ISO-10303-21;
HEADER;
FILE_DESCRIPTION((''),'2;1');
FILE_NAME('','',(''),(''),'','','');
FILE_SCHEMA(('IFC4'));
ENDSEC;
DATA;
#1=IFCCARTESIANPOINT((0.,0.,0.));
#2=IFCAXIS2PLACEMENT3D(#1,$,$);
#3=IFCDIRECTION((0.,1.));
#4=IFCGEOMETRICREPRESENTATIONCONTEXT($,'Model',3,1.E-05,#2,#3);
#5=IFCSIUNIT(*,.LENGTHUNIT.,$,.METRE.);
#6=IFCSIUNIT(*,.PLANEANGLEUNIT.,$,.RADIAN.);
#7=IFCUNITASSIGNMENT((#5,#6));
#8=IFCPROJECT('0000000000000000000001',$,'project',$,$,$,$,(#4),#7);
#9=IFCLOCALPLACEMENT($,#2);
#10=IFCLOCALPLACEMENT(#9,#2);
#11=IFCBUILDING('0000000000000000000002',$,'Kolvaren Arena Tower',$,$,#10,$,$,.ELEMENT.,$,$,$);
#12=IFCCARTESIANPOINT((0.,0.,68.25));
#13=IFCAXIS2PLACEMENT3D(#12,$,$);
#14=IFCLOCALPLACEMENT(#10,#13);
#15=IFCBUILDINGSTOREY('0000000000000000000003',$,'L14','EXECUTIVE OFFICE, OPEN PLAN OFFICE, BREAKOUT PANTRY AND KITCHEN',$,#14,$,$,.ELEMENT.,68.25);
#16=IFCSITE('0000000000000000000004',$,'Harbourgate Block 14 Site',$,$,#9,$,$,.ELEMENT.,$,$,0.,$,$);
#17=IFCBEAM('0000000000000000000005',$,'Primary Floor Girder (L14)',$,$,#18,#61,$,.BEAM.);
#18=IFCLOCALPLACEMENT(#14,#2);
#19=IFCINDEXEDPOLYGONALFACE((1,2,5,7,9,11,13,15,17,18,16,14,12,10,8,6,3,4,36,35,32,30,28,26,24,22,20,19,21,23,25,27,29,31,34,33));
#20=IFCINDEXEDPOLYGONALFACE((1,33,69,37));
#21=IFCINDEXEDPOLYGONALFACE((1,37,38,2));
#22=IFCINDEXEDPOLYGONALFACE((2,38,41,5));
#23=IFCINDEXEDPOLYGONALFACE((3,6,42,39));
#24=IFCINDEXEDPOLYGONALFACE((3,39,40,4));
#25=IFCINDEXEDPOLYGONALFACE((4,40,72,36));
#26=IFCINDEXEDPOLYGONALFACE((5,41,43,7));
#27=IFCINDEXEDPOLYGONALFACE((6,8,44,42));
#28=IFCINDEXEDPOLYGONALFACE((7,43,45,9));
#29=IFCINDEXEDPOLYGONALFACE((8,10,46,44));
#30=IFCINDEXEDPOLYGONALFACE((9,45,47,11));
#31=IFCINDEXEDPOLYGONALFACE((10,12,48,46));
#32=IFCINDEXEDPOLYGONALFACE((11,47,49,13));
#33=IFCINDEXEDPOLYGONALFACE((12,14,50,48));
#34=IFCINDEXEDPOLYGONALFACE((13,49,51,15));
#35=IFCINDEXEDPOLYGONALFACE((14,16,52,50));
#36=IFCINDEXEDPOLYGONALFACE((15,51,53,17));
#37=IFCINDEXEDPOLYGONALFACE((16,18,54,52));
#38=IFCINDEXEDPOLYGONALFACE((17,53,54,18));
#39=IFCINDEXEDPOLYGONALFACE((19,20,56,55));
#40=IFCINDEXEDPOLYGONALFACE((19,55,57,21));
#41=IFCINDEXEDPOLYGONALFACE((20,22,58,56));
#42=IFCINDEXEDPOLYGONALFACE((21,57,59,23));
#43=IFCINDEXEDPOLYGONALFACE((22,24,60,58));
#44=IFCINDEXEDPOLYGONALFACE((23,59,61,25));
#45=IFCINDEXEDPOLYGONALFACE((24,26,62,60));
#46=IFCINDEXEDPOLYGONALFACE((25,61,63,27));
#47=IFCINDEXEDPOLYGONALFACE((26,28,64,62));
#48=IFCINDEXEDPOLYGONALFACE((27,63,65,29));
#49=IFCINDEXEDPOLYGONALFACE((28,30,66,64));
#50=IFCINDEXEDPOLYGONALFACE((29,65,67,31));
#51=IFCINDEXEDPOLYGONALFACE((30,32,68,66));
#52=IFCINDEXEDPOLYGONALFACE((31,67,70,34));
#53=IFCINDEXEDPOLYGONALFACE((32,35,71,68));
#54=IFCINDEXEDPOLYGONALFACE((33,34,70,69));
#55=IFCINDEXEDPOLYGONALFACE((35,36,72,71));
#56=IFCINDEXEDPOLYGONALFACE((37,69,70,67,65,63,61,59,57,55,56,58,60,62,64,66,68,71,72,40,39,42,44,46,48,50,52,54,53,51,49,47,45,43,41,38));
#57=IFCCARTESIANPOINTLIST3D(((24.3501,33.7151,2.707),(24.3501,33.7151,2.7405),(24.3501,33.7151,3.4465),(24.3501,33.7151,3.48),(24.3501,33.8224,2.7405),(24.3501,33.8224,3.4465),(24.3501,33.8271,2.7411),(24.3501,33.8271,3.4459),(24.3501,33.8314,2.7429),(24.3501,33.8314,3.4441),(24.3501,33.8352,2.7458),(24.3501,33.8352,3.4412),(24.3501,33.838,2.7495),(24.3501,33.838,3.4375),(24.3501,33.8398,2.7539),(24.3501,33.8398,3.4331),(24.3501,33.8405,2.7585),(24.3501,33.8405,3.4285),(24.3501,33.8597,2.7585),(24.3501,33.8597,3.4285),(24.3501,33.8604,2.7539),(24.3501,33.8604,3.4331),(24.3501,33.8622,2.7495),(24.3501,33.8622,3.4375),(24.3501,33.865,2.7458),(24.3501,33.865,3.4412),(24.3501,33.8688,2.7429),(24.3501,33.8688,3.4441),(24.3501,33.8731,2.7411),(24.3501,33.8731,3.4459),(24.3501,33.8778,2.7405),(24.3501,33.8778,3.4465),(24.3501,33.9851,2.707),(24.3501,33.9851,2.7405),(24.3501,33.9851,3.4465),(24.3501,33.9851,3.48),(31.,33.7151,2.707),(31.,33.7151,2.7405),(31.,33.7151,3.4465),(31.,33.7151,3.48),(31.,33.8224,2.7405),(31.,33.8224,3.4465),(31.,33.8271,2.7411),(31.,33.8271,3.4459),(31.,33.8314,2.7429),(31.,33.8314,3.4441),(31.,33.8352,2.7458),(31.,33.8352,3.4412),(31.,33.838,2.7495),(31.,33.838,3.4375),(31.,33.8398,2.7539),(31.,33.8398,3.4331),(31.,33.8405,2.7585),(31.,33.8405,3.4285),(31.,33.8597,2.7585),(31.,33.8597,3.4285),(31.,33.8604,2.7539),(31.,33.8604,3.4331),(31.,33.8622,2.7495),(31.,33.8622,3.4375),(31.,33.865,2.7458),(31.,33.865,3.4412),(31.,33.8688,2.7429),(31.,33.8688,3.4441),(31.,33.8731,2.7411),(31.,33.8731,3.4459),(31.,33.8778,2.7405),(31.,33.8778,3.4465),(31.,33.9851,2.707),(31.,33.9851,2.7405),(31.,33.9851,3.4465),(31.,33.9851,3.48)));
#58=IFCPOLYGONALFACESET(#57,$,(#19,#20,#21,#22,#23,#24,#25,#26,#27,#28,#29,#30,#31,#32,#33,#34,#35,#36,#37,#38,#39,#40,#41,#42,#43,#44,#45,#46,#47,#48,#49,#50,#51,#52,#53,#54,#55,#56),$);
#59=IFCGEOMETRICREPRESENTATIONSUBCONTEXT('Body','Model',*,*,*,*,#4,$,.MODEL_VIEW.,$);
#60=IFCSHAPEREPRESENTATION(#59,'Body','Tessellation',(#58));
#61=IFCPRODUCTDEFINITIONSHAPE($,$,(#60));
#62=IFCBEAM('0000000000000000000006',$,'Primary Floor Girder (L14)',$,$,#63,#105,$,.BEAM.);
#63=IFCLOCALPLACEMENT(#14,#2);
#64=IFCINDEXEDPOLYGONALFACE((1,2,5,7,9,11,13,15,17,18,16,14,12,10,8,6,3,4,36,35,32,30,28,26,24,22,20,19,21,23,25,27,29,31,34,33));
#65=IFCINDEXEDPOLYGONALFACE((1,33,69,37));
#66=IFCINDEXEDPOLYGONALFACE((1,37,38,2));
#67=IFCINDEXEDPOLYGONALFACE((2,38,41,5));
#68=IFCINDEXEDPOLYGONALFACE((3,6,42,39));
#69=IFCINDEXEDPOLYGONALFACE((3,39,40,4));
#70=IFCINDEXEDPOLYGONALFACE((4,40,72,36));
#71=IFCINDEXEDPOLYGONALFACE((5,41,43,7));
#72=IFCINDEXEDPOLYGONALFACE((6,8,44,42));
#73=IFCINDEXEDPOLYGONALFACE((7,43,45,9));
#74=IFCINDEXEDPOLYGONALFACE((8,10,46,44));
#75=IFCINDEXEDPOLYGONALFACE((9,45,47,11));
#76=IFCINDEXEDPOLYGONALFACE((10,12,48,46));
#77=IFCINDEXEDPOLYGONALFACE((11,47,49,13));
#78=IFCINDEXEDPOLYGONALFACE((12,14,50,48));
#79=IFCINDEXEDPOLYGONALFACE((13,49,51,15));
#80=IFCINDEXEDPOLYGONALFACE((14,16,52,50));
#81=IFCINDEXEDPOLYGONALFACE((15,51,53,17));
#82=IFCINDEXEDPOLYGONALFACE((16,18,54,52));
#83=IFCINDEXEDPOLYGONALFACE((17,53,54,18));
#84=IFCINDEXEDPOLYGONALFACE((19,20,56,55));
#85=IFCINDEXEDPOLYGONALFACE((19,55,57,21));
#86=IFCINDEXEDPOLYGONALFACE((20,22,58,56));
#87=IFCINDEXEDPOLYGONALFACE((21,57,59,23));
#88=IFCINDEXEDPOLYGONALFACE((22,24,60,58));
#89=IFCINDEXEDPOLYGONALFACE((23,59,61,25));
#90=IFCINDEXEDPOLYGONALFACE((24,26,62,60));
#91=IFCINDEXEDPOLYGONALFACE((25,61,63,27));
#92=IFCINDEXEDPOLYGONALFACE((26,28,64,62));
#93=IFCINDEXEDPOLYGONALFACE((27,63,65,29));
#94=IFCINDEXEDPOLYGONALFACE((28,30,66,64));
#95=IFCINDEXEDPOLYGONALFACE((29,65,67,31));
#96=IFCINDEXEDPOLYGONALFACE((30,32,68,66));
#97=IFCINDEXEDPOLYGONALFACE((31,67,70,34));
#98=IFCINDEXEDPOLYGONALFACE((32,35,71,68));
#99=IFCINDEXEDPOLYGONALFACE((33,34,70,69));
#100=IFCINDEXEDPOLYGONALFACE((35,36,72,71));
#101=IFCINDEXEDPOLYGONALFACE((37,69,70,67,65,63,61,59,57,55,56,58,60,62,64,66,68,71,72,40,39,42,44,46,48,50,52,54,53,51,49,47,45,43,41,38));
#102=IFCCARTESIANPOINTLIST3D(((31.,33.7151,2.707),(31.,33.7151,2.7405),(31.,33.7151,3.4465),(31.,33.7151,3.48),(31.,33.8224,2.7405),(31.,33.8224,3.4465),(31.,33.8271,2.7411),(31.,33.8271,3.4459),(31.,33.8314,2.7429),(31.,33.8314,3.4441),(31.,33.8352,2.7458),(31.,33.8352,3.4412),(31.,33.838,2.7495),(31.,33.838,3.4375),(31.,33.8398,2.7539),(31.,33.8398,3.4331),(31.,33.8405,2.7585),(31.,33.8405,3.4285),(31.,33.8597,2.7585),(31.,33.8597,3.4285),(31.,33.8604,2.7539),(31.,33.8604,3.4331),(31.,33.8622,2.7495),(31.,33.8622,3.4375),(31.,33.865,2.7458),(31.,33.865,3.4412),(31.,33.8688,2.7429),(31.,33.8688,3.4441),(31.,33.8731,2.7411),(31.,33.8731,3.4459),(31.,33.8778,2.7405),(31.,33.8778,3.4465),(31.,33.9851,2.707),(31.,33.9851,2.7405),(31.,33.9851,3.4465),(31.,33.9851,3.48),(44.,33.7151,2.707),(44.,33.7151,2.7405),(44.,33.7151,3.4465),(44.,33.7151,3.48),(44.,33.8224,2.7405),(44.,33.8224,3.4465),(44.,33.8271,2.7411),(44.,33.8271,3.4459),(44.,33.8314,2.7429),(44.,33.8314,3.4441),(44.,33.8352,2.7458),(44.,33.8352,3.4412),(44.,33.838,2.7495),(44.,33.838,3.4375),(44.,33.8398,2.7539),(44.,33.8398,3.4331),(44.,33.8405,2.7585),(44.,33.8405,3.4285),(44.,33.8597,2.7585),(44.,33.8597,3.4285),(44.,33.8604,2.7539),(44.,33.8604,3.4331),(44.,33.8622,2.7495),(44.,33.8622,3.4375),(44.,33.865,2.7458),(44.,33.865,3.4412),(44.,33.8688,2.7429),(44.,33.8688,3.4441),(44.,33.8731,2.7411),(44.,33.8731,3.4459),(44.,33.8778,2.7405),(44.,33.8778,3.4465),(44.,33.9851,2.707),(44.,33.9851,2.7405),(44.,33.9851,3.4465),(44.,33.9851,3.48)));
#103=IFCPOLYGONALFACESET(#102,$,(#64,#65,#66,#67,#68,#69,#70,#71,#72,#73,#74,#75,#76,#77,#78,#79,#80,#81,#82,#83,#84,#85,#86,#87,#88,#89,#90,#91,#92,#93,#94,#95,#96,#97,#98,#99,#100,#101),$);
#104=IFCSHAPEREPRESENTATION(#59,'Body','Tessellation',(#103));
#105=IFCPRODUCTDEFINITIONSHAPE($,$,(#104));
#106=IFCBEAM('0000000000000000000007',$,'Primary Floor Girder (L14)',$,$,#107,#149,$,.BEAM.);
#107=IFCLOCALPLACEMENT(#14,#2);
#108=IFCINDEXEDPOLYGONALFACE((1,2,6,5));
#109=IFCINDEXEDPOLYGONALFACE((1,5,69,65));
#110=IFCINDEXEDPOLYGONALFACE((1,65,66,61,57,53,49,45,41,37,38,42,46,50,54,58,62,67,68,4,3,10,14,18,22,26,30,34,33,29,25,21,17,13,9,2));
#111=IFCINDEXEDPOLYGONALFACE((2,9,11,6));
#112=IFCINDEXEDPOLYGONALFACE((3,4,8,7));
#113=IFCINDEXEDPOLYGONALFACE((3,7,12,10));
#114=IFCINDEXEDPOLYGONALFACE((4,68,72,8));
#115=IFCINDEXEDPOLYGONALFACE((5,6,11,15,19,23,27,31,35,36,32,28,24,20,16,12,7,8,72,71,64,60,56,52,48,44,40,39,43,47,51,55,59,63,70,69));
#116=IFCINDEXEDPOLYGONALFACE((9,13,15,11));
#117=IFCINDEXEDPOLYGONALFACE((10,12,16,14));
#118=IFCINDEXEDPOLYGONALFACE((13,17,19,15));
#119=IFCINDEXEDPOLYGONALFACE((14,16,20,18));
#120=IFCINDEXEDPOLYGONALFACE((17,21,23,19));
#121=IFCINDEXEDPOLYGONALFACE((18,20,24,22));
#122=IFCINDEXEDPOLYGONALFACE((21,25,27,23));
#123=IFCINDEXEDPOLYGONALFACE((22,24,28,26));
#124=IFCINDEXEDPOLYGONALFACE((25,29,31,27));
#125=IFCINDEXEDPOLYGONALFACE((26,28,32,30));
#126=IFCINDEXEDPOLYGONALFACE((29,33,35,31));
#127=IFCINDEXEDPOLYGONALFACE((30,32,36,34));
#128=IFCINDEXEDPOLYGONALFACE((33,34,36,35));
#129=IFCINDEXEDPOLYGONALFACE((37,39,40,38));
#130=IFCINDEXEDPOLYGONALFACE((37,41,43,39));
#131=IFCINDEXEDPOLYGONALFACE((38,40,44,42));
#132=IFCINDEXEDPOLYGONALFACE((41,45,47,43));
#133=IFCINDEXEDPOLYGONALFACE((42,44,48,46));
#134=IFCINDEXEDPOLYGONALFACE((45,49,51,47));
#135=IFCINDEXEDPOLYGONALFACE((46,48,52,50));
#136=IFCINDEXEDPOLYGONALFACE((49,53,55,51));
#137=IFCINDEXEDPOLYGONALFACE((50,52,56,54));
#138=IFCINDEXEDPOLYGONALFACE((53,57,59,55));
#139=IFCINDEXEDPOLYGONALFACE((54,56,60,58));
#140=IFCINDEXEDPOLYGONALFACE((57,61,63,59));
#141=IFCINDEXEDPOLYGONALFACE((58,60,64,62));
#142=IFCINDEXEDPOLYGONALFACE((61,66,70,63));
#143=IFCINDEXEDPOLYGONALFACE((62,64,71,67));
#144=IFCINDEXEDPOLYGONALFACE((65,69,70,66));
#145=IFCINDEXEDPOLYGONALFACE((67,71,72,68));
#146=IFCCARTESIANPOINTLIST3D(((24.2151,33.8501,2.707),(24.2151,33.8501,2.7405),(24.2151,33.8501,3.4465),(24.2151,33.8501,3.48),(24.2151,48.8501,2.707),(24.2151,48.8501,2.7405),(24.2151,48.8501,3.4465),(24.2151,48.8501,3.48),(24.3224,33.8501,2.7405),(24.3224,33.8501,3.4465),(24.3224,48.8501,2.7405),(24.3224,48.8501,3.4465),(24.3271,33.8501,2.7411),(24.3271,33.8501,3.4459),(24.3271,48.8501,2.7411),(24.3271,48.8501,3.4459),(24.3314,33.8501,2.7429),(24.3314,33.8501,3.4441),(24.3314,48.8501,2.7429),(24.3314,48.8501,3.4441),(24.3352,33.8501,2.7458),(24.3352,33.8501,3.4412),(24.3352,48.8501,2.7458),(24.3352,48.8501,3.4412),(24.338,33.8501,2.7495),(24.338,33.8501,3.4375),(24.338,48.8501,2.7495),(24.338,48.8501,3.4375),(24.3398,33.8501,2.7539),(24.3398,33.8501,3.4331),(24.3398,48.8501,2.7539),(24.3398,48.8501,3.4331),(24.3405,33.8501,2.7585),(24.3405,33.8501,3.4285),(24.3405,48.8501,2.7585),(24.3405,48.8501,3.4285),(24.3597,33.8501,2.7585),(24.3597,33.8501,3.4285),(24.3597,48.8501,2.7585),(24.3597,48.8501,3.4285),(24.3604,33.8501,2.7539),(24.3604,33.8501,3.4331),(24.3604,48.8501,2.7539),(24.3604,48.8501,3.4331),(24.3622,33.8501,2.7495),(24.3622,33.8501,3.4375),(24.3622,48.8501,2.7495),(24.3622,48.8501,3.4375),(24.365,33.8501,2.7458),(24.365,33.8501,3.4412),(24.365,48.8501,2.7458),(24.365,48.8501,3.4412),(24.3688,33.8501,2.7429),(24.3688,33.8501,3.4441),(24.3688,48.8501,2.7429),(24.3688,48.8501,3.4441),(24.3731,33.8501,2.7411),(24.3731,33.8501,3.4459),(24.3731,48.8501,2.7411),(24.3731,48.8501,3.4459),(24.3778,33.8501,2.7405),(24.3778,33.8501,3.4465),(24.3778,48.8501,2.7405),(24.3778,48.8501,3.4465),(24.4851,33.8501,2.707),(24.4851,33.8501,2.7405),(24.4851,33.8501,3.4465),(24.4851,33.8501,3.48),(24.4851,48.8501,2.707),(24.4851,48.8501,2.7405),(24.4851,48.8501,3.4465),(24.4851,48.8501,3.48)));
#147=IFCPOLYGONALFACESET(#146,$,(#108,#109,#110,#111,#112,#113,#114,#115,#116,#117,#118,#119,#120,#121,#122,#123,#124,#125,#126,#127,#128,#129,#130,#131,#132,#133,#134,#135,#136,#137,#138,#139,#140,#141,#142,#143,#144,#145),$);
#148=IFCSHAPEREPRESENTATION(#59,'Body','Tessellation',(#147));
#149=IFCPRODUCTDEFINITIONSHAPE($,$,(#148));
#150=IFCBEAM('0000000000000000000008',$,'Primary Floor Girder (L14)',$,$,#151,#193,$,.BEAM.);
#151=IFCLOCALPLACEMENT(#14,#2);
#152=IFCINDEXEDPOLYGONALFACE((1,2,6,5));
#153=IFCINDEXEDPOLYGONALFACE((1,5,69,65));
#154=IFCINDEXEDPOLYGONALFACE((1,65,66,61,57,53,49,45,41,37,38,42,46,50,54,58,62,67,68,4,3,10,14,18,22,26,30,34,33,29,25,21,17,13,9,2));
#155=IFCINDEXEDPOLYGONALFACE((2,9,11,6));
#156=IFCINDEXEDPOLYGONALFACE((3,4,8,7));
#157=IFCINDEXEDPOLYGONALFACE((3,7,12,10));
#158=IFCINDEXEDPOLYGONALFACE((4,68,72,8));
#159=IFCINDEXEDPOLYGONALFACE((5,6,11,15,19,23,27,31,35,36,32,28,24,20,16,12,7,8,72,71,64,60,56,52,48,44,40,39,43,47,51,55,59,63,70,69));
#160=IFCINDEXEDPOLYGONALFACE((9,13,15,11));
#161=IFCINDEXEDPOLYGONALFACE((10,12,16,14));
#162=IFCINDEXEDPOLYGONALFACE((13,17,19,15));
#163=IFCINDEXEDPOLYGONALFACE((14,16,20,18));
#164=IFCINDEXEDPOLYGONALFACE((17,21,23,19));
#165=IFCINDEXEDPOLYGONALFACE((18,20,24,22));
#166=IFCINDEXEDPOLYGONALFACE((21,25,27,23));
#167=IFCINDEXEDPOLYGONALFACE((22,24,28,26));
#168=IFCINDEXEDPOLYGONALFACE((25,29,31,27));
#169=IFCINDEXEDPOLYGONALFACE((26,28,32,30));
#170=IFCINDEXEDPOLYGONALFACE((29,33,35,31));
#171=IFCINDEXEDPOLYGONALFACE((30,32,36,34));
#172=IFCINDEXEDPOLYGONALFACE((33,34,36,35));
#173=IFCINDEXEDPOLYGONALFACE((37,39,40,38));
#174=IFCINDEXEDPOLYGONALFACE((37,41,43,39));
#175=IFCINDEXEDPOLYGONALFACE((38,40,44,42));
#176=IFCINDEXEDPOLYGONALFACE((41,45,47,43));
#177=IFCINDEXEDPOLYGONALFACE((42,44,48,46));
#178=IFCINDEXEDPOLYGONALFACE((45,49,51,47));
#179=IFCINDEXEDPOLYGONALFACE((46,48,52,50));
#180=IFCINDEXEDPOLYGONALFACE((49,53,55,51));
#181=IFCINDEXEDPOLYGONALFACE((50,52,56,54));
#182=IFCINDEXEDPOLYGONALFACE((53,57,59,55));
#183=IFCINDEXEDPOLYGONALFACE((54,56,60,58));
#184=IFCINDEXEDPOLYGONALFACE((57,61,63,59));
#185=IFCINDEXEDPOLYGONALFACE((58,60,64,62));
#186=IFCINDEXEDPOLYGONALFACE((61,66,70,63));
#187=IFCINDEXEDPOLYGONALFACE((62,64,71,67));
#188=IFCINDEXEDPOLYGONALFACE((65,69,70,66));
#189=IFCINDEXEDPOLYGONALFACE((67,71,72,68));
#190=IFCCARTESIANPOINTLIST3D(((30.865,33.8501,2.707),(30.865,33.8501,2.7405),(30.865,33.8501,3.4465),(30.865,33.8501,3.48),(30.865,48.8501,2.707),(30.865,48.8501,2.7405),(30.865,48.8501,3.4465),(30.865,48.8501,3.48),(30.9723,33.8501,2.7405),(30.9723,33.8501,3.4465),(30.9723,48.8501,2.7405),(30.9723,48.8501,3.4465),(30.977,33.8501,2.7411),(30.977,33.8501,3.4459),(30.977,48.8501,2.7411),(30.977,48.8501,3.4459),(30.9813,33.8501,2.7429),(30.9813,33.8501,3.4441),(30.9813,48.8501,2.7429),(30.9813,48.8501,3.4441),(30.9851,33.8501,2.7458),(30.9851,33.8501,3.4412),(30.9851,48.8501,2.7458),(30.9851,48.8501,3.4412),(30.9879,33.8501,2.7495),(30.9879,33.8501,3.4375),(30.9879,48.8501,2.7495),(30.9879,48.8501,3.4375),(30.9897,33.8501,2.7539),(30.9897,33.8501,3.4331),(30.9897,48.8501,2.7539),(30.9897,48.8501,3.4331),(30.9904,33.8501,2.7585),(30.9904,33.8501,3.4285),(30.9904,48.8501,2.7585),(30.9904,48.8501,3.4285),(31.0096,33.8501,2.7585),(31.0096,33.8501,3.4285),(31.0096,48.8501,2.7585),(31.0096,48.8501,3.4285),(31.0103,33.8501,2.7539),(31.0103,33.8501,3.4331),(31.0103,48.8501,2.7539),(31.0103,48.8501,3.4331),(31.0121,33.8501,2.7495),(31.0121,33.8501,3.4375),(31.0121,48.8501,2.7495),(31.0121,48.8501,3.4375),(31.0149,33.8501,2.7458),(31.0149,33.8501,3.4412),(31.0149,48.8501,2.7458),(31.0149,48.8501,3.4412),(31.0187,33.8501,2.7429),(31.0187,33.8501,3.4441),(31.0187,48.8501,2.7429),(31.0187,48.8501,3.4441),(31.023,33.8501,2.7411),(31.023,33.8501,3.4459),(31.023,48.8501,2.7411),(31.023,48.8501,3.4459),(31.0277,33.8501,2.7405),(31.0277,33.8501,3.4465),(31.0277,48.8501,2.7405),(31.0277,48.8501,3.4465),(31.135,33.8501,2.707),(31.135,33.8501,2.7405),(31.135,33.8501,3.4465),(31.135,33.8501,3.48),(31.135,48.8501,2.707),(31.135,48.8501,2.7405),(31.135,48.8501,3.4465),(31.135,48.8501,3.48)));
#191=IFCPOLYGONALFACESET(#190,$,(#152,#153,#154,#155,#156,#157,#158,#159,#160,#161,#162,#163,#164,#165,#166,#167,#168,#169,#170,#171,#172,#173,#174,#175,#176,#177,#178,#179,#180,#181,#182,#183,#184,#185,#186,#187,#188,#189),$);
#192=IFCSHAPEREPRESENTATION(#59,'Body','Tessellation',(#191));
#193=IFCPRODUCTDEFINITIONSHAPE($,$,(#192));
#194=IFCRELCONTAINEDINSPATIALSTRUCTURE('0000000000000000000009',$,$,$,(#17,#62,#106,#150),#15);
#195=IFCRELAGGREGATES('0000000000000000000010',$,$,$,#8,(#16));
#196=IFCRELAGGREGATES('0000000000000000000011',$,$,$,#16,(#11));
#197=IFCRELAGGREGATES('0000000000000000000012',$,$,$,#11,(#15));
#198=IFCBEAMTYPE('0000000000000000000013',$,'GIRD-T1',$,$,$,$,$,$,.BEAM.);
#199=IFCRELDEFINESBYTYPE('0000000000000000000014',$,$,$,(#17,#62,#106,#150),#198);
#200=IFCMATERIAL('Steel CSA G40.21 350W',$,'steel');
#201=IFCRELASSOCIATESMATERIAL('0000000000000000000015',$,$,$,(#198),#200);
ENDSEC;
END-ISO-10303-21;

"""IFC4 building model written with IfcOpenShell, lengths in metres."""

from ifc_helpers import new_model, si_unit, direction, frame, origin, origin_2d, place, context, subcontext, project, spatial, i_section, extrude, material, material_profile, profile_set, type_object, element, save


model = new_model("IFC4")

# Units and contexts
model_context = context("Model", 3, precision=1e-05, world=origin(), true_north=direction((0.0, 1.0)))
body_context = subcontext(model_context, "Body", "Model", "MODEL_VIEW")
ifc_project = project(units=[si_unit("LENGTHUNIT", "METRE"), si_unit("PLANEANGLEUNIT", "RADIAN")], contexts=[model_context])

# Site, building, storey
site_placement = place(None, origin())
site = spatial("IfcSite", under=ifc_project, at=site_placement, Name="Harbourgate Block 14 Site", CompositionType="ELEMENT", RefElevation=0.0)
building_placement = place(site_placement, origin())
building = spatial("IfcBuilding", under=site, at=building_placement, Name="Kolvaren Arena Tower", CompositionType="ELEMENT")
storey_placement = place(building_placement, frame((0.0, 0.0, 68.25)))
storey = spatial("IfcBuildingStorey", under=building, at=storey_placement, Name="L14", Description="EXECUTIVE OFFICE, OPEN PLAN OFFICE, BREAKOUT PANTRY AND KITCHEN", CompositionType="ELEMENT", Elevation=68.25)

# Beams
ifc_material_1 = material(Name="Steel CSA G40.21 350W", Category="steel")
ifc_material_profile_1 = material_profile(ifc_material_1, i_section(OverallWidth=0.27, OverallDepth=0.7729, WebThickness=0.0193, FlangeThickness=0.0334, FilletRadius=0.0181, at=origin_2d()), Name="W760x257")
ifc_profile_set_1 = profile_set([ifc_material_profile_1], Name="Steel CSA G40.21 350W")
beam_type_1 = type_object("IfcBeamType", Name="GIRD-T1", PredefinedType="BEAM", material=ifc_profile_set_1)
beam_1_placement = place(storey_placement, frame((24.3501, 33.8501, 3.0935), z_axis=(1.0, 0.0, 0.0), x_axis=(0.0, 1.0, 0.0)))
element("IfcBeam", 1, at=beam_1_placement, inside=storey, type_object=beam_type_1, Name="Primary Floor Girder (L14)", PredefinedType="BEAM", context=body_context, shape_type="SweptSolid", body=[
    extrude(i_section(OverallWidth=0.27, OverallDepth=0.7729, WebThickness=0.0193, FlangeThickness=0.0334, FilletRadius=0.0181, at=origin_2d()), origin(), (0.0, 0.0, 1.0), 6.6499),
])
beam_2_placement = place(storey_placement, frame((31.0, 33.8501, 3.0935), z_axis=(1.0, 0.0, 0.0), x_axis=(0.0, 1.0, 0.0)))
element("IfcBeam", 2, at=beam_2_placement, inside=storey, type_object=beam_type_1, Name="Primary Floor Girder (L14)", PredefinedType="BEAM", context=body_context, shape_type="SweptSolid", body=[
    extrude(i_section(OverallWidth=0.27, OverallDepth=0.7729, WebThickness=0.0193, FlangeThickness=0.0334, FilletRadius=0.0181, at=origin_2d()), origin(), (0.0, 0.0, 1.0), 13.0),
])
for number, where, z_axis, x_axis, name in (
    (3, (24.3501, 33.8501, 3.0935), (0.0, 1.0, 0.0), (-1.0, 0.0, 0.0), "Primary Floor Girder (L14)"),
    (4, (31.0, 33.8501, 3.0935), (0.0, 1.0, 0.0), (-1.0, 0.0, 0.0), "Primary Floor Girder (L14)"),
):
    element("IfcBeam", number, at=place(storey_placement, frame(where, z_axis=z_axis, x_axis=x_axis)), inside=storey, type_object=beam_type_1, Name=name, PredefinedType="BEAM", context=body_context, shape_type="SweptSolid", body=[
        extrude(i_section(OverallWidth=0.27, OverallDepth=0.7729, WebThickness=0.0193, FlangeThickness=0.0334, FilletRadius=0.0181, at=origin_2d()), origin(), (0.0, 0.0, 1.0), 15.0),
    ])

save(model, "model.ifc")
